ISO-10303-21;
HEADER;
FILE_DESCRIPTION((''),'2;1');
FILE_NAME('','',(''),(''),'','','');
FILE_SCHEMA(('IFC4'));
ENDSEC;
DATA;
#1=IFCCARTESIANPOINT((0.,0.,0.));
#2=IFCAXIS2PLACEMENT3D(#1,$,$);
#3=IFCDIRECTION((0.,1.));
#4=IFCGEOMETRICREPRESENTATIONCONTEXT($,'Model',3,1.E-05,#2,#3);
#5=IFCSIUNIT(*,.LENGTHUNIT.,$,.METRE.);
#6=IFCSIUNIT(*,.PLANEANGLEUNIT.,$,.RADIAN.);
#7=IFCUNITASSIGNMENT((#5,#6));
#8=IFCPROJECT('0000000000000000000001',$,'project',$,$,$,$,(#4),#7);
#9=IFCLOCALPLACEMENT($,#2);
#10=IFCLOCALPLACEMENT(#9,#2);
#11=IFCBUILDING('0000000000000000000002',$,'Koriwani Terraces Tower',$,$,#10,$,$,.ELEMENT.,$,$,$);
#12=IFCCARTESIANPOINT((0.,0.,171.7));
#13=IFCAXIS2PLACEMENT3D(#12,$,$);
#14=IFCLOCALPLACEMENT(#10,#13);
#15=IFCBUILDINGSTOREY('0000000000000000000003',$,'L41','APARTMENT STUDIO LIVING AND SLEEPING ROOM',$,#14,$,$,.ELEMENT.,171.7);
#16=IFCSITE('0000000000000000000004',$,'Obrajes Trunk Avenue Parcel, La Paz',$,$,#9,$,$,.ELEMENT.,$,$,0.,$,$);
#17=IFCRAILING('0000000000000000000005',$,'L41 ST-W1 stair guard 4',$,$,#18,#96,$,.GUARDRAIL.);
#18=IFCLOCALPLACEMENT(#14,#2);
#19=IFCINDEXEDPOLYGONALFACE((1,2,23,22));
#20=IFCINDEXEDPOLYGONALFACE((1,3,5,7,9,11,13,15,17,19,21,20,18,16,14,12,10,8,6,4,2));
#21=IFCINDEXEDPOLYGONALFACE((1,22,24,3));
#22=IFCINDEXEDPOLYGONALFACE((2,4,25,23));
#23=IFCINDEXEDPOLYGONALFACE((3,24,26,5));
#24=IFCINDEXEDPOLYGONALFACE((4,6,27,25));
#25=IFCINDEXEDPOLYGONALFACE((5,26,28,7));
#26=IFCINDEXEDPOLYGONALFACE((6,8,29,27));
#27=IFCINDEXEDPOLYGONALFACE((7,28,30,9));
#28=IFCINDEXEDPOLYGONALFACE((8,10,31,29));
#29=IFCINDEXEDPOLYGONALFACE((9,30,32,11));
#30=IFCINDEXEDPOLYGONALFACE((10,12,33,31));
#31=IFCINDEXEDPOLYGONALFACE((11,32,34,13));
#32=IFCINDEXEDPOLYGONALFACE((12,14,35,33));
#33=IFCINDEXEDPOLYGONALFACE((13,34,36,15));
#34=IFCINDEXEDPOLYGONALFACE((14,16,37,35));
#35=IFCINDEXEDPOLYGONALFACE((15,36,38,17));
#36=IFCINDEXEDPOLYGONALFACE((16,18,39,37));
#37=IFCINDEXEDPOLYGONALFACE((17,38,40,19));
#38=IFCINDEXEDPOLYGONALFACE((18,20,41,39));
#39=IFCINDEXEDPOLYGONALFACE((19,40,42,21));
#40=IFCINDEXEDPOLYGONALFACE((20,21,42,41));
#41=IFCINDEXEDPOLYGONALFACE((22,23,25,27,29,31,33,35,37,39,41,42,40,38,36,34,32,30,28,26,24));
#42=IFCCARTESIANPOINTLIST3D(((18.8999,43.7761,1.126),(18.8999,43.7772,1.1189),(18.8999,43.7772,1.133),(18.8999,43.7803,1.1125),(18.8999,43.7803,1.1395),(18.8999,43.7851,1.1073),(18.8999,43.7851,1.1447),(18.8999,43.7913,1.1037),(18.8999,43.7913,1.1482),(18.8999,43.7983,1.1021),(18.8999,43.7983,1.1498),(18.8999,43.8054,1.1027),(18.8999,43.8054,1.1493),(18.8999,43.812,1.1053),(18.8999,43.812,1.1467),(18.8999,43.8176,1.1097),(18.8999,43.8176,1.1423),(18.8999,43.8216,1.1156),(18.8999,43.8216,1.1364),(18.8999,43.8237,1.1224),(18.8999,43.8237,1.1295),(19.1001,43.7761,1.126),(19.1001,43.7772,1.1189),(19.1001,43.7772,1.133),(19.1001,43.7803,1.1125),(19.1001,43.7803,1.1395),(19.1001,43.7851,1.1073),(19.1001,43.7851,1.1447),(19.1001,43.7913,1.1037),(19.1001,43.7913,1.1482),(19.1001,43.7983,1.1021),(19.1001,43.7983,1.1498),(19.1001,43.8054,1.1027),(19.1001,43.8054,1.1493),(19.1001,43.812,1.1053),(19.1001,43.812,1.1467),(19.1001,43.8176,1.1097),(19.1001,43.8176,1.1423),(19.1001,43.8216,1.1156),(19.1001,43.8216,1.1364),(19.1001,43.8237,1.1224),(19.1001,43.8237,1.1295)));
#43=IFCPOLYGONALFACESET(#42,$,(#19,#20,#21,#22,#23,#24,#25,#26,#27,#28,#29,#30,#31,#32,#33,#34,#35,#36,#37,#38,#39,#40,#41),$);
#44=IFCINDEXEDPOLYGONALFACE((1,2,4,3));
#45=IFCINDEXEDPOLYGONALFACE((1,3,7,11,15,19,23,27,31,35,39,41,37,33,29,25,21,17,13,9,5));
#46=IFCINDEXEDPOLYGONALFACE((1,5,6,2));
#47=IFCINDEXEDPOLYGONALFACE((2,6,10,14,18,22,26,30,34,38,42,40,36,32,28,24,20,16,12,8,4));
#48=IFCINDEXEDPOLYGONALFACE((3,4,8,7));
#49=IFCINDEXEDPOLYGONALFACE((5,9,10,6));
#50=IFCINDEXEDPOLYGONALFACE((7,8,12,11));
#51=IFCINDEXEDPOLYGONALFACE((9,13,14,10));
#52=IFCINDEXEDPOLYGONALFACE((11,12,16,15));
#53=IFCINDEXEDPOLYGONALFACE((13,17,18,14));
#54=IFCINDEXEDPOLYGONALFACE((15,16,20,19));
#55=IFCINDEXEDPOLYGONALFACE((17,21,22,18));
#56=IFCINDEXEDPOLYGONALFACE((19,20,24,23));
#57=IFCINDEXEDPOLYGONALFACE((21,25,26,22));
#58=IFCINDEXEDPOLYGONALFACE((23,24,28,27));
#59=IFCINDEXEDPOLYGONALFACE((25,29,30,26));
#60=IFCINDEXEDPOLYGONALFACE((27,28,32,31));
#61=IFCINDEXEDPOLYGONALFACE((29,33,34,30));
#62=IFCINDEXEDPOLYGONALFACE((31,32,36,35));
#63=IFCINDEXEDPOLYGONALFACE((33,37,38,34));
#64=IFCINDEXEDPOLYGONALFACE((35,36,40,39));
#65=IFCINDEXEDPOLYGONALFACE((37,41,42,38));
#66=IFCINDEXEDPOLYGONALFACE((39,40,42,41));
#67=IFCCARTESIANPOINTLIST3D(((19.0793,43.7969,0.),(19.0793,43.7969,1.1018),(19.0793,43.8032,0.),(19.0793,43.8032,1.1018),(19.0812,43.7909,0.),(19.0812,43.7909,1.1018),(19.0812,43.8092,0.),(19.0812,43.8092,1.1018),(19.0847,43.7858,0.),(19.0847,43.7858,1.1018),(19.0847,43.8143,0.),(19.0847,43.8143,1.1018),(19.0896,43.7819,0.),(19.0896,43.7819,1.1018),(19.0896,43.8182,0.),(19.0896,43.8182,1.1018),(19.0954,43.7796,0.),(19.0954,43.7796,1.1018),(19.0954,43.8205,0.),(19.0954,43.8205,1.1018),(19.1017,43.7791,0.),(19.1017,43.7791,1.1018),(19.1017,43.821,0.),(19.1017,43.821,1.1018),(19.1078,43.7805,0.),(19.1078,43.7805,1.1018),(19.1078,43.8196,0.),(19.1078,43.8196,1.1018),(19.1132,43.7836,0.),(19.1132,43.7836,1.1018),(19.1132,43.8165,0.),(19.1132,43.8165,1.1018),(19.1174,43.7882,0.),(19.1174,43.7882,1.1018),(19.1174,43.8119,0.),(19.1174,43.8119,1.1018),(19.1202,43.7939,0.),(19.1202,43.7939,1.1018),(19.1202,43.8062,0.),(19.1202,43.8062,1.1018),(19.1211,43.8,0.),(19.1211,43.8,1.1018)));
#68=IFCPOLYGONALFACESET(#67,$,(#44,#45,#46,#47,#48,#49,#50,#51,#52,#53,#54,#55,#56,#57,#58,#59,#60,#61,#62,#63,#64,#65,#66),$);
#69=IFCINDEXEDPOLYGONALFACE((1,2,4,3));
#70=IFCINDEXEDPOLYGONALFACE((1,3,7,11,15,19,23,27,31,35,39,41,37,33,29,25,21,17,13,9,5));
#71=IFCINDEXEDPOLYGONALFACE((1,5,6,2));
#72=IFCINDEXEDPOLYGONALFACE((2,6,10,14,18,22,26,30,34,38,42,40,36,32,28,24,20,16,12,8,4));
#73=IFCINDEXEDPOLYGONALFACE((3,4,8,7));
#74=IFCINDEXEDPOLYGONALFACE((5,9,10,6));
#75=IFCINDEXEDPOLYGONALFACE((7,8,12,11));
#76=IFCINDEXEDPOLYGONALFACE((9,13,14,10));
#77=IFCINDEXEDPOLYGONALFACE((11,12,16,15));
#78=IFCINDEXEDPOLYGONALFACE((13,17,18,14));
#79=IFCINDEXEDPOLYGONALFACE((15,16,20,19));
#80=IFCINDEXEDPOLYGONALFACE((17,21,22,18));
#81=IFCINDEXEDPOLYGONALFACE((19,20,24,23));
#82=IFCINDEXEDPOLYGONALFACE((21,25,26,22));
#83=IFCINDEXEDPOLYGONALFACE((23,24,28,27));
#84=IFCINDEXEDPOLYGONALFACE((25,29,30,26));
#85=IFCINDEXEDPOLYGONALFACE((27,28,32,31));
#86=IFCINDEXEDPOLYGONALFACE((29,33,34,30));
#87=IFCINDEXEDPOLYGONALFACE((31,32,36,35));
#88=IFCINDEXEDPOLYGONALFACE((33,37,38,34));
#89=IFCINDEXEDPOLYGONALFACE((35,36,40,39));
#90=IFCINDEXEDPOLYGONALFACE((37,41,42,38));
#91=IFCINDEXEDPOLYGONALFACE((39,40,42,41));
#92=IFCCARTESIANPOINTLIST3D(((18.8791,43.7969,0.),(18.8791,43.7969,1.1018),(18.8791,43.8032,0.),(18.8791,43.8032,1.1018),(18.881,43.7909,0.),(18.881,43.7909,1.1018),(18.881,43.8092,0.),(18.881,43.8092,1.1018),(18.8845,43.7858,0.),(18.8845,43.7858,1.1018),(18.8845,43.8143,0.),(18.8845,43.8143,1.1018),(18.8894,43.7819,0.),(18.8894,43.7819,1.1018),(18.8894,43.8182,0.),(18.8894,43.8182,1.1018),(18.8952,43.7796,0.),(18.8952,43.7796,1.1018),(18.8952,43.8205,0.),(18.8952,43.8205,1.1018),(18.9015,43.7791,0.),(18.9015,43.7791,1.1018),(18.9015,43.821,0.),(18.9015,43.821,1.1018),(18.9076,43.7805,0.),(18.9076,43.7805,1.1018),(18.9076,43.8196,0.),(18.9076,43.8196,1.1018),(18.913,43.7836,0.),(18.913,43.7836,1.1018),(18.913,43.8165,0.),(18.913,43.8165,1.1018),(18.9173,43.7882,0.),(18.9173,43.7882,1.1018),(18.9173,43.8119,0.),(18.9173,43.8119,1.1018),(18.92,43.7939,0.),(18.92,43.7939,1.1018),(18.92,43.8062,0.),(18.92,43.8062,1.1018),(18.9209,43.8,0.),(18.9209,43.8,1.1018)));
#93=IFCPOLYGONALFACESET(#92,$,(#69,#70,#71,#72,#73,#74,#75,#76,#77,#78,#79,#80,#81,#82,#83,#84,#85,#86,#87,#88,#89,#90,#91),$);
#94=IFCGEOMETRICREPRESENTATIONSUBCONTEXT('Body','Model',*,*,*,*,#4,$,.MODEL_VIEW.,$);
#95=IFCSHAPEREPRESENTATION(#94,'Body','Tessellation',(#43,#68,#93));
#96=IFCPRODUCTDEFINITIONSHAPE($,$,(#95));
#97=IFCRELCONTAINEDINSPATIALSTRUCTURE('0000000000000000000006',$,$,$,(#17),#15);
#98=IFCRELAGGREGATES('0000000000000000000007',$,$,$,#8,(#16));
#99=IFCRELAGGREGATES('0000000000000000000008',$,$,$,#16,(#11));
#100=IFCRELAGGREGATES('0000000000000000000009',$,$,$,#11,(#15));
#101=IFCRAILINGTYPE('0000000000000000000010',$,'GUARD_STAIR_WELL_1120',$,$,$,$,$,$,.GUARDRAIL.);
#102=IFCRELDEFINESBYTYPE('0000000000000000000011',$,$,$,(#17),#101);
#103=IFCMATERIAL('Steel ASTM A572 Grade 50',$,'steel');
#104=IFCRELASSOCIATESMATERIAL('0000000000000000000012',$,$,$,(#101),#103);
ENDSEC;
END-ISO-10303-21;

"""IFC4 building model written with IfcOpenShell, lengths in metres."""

from ifc_helpers import new_model, si_unit, direction, frame, origin, origin_2d, place, context, subcontext, project, spatial, circle, extrude, material, type_object, element, save


model = new_model("IFC4")

# Units and contexts
model_context = context("Model", 3, precision=1e-05, world=origin(), true_north=direction((0.0, 1.0)))
body_context = subcontext(model_context, "Body", "Model", "MODEL_VIEW")
ifc_project = project(units=[si_unit("LENGTHUNIT", "METRE"), si_unit("PLANEANGLEUNIT", "RADIAN")], contexts=[model_context])

# Site, building, storey
site_placement = place(None, origin())
site = spatial("IfcSite", under=ifc_project, at=site_placement, Name="Obrajes Trunk Avenue Parcel, La Paz", CompositionType="ELEMENT", RefElevation=0.0)
building_placement = place(site_placement, origin())
building = spatial("IfcBuilding", under=site, at=building_placement, Name="Koriwani Terraces Tower", CompositionType="ELEMENT")
storey_placement = place(building_placement, frame((0.0, 0.0, 171.7)))
storey = spatial("IfcBuildingStorey", under=building, at=storey_placement, Name="L41", Description="APARTMENT STUDIO LIVING AND SLEEPING ROOM", CompositionType="ELEMENT", Elevation=171.7)

# Shared definitions
ifc_material_1 = material(Name="Steel ASTM A572 Grade 50", Category="steel")

# Railing
railing_type_1 = type_object("IfcRailingType", Name="GUARD_STAIR_WELL_1120", PredefinedType="GUARDRAIL", material=ifc_material_1)
railing_1_placement = place(storey_placement, frame((19.1001, 43.8, 0.0)))
element("IfcRailing", 1, at=railing_1_placement, inside=storey, type_object=railing_type_1, Name="L41 ST-W1 stair guard 4", PredefinedType="GUARDRAIL", context=body_context, shape_type="SweptSolid", body=[
    extrude(circle(Radius=0.0239, at=origin_2d()), frame((0.0, 0.0, 1.126), z_axis=(-1.0, 0.0, 0.0), x_axis=(0.0, -1.0, 0.0)), (0.0, 0.0, 1.0), 0.2002),
    extrude(circle(Radius=0.021, at=origin_2d()), origin(), (0.0, 0.0, 1.0), 1.1018),
    extrude(circle(Radius=0.021, at=origin_2d()), frame((-0.2002, 0.0, 0.0)), (0.0, 0.0, 1.0), 1.1018),
])

save(model, "model.ifc")
